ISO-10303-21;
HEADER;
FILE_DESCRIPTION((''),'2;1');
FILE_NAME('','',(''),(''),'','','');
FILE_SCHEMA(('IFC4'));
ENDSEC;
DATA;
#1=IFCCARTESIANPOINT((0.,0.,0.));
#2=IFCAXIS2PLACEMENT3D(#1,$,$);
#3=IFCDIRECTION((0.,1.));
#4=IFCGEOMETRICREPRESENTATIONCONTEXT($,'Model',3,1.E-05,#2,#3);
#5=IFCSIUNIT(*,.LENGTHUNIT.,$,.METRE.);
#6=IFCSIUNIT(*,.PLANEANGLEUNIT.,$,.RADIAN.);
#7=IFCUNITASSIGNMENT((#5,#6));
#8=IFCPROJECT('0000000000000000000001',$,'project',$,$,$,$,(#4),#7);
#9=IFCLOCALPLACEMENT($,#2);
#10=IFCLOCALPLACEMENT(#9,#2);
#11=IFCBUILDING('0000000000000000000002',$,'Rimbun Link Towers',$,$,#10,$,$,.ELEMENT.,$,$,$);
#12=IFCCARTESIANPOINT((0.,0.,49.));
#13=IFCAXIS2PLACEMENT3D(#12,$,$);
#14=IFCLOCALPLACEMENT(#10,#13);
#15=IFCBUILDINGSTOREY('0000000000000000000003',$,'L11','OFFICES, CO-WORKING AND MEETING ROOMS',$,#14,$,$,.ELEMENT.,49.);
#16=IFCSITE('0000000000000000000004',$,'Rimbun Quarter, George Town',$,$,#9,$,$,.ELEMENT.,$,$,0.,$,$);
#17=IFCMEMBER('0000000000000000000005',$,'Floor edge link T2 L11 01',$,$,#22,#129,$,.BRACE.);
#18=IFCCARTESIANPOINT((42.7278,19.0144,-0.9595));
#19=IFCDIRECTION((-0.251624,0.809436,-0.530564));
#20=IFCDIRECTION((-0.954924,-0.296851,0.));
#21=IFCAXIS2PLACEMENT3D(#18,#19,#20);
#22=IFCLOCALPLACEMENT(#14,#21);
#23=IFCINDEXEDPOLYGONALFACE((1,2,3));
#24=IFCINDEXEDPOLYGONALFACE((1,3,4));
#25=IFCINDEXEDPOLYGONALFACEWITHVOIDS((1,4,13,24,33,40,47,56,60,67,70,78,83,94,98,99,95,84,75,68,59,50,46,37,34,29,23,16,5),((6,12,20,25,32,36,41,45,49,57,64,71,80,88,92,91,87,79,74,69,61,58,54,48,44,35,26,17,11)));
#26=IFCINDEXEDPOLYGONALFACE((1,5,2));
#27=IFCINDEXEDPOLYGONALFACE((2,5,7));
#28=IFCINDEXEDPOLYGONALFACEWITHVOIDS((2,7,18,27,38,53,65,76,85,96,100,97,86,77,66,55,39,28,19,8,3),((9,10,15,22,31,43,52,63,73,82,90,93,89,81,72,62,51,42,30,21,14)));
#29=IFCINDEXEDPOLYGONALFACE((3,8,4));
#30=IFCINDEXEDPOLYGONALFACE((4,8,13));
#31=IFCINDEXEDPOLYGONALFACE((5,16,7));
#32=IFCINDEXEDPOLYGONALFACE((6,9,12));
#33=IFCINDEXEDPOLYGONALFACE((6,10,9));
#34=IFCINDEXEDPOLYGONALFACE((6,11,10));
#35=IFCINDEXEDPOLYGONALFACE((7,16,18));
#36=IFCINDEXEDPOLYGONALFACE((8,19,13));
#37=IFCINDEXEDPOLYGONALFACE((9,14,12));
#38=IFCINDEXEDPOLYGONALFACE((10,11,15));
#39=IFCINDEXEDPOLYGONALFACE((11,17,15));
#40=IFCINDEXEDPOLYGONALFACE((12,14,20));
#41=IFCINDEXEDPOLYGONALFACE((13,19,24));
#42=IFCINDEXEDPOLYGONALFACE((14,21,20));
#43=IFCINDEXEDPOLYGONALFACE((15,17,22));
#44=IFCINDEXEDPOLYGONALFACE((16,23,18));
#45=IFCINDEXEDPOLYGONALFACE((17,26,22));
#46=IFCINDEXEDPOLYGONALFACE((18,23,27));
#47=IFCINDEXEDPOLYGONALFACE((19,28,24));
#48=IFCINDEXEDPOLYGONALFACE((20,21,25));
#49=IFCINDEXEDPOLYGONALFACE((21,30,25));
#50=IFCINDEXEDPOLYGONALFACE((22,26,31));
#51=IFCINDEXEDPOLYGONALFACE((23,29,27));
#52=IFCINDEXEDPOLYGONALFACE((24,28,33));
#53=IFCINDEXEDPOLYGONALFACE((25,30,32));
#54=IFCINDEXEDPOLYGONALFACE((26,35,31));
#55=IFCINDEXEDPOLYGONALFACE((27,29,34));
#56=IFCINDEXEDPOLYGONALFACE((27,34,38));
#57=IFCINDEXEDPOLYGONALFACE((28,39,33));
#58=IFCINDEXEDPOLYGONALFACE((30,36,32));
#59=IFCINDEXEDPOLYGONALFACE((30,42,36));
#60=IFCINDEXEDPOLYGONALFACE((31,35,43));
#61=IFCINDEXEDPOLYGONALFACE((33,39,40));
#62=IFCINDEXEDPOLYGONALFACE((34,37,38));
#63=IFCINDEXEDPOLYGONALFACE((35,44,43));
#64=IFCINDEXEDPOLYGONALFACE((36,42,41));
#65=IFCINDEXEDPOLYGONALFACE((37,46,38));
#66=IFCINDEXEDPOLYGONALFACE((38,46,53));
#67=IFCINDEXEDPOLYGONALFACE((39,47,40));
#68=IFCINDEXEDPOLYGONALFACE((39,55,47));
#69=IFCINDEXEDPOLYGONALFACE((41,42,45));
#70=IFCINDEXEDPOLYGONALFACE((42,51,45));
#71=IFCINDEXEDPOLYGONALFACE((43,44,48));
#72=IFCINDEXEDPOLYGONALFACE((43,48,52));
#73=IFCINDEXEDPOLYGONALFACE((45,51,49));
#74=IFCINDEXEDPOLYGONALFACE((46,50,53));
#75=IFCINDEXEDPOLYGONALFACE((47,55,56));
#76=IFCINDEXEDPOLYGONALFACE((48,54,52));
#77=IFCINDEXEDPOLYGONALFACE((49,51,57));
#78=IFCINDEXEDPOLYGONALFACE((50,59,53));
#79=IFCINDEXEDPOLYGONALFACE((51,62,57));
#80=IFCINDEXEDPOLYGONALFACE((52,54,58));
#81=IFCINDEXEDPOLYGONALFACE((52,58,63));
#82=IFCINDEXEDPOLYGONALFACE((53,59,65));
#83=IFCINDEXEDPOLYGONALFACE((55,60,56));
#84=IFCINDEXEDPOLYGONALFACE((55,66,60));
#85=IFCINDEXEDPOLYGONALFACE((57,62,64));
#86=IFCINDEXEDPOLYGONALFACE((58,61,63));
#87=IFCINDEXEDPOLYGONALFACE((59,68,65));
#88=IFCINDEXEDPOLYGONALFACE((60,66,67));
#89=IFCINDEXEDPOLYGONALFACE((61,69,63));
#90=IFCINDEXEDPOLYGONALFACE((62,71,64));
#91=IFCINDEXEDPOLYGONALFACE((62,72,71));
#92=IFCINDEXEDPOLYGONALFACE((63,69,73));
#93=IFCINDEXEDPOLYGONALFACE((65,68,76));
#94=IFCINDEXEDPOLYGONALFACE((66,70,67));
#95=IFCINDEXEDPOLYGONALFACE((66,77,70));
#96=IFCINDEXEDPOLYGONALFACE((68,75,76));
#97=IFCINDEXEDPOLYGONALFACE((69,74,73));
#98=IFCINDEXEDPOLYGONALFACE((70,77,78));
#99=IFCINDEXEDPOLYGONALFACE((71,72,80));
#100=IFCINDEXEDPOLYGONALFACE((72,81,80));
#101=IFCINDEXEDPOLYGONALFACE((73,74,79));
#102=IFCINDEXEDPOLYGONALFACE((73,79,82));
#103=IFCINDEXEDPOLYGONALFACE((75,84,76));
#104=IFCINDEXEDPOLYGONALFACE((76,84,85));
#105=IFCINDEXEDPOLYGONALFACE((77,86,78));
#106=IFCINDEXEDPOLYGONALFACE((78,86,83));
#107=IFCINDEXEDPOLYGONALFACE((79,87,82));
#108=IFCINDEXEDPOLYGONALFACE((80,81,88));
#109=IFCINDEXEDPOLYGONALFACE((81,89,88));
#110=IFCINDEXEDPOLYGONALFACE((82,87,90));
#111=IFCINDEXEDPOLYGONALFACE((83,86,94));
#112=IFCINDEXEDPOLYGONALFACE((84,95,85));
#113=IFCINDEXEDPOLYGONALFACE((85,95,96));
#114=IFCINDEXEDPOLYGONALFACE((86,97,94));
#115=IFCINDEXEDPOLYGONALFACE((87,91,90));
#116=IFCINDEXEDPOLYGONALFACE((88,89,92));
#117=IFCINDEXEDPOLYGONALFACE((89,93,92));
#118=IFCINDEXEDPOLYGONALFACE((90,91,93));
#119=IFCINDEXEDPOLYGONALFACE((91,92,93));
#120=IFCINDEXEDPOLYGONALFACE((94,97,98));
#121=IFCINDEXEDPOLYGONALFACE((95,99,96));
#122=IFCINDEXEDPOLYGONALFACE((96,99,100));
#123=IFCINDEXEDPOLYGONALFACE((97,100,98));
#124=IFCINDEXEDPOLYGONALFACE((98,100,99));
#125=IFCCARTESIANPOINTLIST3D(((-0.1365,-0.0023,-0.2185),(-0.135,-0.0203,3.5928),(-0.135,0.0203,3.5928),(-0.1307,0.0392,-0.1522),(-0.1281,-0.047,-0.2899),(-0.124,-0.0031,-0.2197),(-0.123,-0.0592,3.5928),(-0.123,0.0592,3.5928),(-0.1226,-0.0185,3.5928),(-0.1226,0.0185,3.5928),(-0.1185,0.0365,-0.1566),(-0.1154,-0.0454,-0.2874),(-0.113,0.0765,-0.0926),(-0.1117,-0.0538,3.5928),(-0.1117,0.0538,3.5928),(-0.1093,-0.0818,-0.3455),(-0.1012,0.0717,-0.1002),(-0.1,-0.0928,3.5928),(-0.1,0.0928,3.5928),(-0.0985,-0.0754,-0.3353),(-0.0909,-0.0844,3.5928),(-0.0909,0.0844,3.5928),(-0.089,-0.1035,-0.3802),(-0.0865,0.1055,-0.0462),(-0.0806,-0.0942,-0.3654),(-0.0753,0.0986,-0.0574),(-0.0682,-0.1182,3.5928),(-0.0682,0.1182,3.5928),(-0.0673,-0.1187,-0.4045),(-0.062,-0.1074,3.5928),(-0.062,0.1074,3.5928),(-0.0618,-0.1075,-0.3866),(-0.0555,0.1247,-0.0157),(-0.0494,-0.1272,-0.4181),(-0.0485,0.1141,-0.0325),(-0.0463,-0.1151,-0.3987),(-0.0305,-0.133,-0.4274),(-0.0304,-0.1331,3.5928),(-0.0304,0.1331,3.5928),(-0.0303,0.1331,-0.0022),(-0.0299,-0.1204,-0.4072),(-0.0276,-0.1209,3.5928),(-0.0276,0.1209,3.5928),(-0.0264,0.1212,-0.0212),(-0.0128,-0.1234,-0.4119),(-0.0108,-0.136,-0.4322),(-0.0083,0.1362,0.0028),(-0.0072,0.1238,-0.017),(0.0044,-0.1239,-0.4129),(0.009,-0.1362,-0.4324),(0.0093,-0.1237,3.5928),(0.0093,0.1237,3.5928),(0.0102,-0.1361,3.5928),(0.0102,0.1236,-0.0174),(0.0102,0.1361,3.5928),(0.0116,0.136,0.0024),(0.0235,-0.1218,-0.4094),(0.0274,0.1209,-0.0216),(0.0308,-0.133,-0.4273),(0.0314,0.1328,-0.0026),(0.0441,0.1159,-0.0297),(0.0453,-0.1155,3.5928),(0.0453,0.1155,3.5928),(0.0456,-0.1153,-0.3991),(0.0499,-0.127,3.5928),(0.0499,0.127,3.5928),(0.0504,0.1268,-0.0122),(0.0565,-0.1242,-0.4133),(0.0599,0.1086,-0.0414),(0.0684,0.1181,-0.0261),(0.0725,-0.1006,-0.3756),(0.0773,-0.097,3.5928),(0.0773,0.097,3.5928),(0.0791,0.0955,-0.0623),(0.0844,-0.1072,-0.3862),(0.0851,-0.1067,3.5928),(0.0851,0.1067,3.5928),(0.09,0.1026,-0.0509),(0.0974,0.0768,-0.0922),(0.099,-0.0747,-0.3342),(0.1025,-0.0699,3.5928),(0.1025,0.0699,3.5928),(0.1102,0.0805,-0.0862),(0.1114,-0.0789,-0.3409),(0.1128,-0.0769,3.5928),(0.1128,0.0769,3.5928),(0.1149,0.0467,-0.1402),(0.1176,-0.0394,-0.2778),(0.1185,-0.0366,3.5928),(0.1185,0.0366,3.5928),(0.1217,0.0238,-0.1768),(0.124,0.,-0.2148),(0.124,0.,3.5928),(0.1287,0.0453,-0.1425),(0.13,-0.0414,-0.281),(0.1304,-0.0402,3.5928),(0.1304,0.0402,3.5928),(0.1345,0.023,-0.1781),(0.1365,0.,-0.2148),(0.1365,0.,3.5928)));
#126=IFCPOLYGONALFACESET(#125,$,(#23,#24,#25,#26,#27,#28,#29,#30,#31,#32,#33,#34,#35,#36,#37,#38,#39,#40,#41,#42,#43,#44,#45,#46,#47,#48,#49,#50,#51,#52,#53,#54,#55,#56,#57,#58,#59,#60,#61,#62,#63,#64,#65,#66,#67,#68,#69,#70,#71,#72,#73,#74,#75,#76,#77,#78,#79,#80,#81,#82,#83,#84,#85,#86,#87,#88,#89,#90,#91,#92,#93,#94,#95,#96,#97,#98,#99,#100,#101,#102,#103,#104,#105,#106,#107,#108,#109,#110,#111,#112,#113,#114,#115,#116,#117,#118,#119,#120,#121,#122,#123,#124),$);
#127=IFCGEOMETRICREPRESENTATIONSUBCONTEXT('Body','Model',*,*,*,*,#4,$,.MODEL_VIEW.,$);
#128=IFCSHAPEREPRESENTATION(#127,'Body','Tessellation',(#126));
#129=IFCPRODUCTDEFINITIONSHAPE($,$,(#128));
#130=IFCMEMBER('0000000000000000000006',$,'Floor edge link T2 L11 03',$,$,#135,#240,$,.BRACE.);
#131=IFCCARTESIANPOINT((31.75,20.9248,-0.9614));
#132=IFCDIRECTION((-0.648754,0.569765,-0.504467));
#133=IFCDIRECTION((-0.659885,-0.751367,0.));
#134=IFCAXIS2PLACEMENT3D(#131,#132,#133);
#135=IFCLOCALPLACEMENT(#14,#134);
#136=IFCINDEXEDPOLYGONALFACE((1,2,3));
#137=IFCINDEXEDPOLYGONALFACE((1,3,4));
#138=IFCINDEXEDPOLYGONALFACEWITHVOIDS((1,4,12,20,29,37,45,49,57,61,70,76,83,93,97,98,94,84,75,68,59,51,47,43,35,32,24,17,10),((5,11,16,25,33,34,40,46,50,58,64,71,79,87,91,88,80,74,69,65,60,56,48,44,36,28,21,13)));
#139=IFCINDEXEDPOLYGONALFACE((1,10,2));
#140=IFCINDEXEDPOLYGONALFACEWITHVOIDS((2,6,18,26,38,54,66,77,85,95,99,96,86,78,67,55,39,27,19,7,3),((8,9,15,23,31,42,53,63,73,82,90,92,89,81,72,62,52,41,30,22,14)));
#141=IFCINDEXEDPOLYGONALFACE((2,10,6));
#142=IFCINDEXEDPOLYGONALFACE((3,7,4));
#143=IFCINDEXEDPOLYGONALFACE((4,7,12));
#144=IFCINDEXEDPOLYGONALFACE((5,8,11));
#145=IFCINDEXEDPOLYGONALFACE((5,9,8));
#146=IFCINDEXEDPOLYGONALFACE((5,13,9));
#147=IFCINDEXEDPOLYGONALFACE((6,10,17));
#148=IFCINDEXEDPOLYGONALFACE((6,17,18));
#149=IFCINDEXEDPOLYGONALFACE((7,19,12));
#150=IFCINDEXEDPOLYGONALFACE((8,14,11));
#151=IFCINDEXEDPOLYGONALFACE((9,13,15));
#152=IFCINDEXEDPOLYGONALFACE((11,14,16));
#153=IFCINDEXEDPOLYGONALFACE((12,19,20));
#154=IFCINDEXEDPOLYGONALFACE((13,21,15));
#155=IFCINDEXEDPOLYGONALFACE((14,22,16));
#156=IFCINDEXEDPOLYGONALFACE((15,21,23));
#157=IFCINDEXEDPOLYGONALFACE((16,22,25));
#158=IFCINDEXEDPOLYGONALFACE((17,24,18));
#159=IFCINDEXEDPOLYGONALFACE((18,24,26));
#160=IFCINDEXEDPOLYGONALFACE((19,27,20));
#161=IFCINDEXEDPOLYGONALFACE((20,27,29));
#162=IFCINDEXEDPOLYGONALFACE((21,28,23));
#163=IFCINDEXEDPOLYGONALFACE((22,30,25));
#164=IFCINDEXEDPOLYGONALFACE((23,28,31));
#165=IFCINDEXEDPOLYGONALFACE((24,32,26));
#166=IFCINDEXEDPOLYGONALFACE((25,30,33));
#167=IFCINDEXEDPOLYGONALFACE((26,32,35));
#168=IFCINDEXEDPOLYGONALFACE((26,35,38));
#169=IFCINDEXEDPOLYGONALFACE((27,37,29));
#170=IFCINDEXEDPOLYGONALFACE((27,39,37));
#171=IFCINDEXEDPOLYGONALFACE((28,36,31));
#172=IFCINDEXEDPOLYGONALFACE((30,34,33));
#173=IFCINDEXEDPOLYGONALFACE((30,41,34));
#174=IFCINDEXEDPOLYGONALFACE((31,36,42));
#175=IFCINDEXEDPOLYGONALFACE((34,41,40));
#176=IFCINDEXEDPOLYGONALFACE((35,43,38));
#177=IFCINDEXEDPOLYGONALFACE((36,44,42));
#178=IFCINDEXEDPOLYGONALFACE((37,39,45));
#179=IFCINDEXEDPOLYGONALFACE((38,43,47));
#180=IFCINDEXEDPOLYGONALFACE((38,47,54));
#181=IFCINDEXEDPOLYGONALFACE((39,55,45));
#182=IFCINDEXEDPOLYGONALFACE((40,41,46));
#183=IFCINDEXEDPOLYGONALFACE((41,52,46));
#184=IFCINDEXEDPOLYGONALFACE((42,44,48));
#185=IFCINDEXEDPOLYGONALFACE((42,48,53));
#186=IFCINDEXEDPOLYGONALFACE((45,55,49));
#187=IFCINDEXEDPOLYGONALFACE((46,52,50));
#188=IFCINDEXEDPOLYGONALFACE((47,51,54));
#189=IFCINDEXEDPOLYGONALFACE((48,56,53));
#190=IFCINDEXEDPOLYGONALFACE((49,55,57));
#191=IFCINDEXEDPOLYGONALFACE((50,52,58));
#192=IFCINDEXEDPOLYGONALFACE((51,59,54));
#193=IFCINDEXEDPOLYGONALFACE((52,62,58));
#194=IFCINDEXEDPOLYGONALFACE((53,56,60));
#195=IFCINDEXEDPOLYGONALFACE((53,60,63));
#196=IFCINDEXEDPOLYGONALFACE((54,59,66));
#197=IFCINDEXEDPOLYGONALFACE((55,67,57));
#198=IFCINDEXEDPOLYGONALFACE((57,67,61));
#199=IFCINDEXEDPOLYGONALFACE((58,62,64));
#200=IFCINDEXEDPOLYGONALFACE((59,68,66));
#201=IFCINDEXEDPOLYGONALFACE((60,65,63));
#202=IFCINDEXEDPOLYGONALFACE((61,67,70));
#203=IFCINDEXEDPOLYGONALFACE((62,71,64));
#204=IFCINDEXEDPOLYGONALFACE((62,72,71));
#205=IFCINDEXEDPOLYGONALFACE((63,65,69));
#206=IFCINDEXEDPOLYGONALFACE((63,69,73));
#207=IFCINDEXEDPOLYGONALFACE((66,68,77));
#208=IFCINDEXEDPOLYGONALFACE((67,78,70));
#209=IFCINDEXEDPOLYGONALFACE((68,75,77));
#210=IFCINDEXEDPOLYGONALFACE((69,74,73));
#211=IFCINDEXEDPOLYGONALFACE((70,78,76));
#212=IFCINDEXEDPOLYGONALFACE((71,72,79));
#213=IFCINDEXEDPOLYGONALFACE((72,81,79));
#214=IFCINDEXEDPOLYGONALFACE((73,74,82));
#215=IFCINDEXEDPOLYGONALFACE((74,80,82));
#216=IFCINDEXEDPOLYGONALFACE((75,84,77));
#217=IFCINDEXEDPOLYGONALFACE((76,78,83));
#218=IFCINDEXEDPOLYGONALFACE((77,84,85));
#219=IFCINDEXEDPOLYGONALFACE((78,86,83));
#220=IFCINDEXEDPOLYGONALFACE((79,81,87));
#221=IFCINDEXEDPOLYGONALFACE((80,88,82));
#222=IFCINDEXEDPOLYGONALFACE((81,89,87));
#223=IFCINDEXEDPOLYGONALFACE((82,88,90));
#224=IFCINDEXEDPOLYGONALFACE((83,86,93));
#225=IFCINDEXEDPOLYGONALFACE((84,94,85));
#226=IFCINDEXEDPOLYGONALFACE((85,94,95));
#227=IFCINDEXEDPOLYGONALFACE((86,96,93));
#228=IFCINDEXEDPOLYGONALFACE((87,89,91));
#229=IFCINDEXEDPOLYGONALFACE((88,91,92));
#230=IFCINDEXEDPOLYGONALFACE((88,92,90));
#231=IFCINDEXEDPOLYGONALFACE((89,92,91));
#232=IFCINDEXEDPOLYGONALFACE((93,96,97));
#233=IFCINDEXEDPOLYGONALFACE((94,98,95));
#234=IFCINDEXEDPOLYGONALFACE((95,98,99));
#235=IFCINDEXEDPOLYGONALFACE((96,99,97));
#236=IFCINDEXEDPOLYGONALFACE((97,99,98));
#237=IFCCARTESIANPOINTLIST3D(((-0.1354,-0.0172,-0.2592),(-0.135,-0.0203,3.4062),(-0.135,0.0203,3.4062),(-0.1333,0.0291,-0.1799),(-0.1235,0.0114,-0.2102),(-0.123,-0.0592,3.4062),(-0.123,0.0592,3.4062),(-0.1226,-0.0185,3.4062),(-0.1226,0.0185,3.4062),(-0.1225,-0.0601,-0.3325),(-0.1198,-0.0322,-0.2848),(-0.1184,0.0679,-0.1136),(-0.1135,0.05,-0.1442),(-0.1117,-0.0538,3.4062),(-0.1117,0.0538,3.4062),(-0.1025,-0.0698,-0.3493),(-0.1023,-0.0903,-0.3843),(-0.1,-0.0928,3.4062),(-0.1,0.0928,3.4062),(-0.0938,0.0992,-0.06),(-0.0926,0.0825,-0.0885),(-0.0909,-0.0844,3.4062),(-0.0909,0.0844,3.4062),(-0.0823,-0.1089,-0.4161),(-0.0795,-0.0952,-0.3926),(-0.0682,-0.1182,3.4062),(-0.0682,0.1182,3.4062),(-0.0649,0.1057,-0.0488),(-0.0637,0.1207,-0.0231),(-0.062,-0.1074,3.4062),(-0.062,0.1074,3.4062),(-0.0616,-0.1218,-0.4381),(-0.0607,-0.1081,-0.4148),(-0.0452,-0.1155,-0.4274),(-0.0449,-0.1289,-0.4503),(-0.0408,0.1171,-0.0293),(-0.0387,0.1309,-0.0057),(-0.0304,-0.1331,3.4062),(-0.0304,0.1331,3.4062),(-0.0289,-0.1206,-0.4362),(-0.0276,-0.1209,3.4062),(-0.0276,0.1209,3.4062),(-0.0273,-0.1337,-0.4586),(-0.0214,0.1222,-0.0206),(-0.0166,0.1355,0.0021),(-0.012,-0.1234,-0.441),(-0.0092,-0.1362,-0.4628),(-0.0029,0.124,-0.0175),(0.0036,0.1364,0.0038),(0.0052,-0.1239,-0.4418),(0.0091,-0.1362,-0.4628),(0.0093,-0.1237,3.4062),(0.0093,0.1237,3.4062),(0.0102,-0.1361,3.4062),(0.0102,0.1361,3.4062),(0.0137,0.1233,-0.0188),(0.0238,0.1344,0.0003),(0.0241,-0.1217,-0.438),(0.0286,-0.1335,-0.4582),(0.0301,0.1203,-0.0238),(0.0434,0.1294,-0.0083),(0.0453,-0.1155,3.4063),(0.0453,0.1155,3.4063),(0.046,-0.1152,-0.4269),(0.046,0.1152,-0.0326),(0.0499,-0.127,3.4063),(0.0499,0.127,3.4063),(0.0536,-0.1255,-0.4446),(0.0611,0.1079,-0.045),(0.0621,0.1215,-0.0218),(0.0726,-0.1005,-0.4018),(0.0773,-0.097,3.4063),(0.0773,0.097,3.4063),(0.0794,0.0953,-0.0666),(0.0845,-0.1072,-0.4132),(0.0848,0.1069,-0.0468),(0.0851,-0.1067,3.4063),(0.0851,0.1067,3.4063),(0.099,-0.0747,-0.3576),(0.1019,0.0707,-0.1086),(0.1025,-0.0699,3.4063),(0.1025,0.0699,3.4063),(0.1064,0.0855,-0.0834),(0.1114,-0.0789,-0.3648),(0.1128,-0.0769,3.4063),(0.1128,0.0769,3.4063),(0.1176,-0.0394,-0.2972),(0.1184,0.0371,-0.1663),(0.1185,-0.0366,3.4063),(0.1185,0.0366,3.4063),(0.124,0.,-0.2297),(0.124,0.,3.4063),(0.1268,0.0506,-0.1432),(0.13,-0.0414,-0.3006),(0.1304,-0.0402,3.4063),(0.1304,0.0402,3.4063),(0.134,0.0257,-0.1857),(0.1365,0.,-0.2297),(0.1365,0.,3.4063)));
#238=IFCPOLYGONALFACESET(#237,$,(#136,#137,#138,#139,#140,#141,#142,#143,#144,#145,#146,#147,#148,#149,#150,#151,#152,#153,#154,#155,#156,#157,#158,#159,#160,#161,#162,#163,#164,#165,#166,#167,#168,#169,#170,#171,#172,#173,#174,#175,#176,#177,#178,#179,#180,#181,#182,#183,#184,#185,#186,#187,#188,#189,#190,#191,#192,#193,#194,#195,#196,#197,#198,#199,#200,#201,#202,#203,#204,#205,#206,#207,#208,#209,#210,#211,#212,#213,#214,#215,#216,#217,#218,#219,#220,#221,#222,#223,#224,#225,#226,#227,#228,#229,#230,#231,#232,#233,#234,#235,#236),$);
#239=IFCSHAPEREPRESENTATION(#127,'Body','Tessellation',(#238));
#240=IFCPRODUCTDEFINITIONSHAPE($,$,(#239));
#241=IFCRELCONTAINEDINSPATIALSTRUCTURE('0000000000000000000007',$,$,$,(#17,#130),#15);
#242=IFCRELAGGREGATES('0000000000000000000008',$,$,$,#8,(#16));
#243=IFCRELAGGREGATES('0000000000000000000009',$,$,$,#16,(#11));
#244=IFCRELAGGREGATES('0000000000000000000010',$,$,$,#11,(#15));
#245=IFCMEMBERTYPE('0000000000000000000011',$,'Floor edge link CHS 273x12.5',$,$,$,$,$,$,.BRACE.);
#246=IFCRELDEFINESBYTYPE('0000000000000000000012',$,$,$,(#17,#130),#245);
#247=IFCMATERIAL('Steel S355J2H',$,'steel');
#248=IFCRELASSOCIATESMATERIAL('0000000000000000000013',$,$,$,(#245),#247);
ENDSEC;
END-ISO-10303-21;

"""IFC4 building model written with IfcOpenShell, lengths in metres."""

from ifc_helpers import new_model, si_unit, direction, frame, origin, origin_2d, place, context, subcontext, project, spatial, hollow_circle, extrude, clip, halfspace, material, material_profile, profile_set, type_object, element, save


model = new_model("IFC4")

# Units and contexts
model_context = context("Model", 3, precision=1e-05, world=origin(), true_north=direction((0.0, 1.0)))
body_context = subcontext(model_context, "Body", "Model", "MODEL_VIEW")
ifc_project = project(units=[si_unit("LENGTHUNIT", "METRE"), si_unit("PLANEANGLEUNIT", "RADIAN")], contexts=[model_context])

# Site, building, storey
site_placement = place(None, origin())
site = spatial("IfcSite", under=ifc_project, at=site_placement, Name="Rimbun Quarter, George Town", CompositionType="ELEMENT", RefElevation=0.0)
building_placement = place(site_placement, origin())
building = spatial("IfcBuilding", under=site, at=building_placement, Name="Rimbun Link Towers", CompositionType="ELEMENT")
storey_placement = place(building_placement, frame((0.0, 0.0, 49.0)))
storey = spatial("IfcBuildingStorey", under=building, at=storey_placement, Name="L11", Description="OFFICES, CO-WORKING AND MEETING ROOMS", CompositionType="ELEMENT", Elevation=49.0)

# Members
ifc_material_1 = material(Name="Steel S355J2H", Category="steel")
ifc_material_profile_1 = material_profile(ifc_material_1, hollow_circle(Radius=0.1365, WallThickness=0.0125, at=origin_2d()), Name="CHS 273x12.5")
ifc_profile_set_1 = profile_set([ifc_material_profile_1], Name="Steel S355J2H")
member_type_1 = type_object("IfcMemberType", Name="Floor edge link CHS 273x12.5", PredefinedType="BRACE", material=ifc_profile_set_1)
member_1_placement = place(storey_placement, frame((42.7278, 19.0144, -0.9595), z_axis=(-0.251624, 0.809436, -0.530564), x_axis=(-0.954924, -0.296851, 0.0)))
element("IfcMember", 1, at=member_1_placement, inside=storey, type_object=member_type_1, Name="Floor edge link T2 L11 01", PredefinedType="BRACE", context=body_context, shape_type="Clipping", body=[
    clip(extrude(hollow_circle(Radius=0.1365, WallThickness=0.0125, at=origin_2d()), frame((0.0, 0.0, -0.4551)), (0.0, 0.0, 1.0), 4.0479), halfspace(frame((0.0, 0.0, -0.2148), z_axis=(0.0, 0.847645, -0.530564)), False)),
])
member_2_placement = place(storey_placement, frame((31.75, 20.9248, -0.9614), z_axis=(-0.648754, 0.569765, -0.504467), x_axis=(-0.659885, -0.751367, 0.0)))
element("IfcMember", 2, at=member_2_placement, inside=storey, type_object=member_type_1, Name="Floor edge link T2 L11 03", PredefinedType="BRACE", context=body_context, shape_type="Clipping", body=[
    clip(extrude(hollow_circle(Radius=0.1365, WallThickness=0.0125, at=origin_2d()), frame((0.0, 0.0, -0.4871)), (0.0, 0.0, 1.0), 3.8933), halfspace(frame((0.0, 0.0, -0.2297), z_axis=(0.0, 0.863431, -0.504467)), False)),
])

save(model, "model.ifc")
